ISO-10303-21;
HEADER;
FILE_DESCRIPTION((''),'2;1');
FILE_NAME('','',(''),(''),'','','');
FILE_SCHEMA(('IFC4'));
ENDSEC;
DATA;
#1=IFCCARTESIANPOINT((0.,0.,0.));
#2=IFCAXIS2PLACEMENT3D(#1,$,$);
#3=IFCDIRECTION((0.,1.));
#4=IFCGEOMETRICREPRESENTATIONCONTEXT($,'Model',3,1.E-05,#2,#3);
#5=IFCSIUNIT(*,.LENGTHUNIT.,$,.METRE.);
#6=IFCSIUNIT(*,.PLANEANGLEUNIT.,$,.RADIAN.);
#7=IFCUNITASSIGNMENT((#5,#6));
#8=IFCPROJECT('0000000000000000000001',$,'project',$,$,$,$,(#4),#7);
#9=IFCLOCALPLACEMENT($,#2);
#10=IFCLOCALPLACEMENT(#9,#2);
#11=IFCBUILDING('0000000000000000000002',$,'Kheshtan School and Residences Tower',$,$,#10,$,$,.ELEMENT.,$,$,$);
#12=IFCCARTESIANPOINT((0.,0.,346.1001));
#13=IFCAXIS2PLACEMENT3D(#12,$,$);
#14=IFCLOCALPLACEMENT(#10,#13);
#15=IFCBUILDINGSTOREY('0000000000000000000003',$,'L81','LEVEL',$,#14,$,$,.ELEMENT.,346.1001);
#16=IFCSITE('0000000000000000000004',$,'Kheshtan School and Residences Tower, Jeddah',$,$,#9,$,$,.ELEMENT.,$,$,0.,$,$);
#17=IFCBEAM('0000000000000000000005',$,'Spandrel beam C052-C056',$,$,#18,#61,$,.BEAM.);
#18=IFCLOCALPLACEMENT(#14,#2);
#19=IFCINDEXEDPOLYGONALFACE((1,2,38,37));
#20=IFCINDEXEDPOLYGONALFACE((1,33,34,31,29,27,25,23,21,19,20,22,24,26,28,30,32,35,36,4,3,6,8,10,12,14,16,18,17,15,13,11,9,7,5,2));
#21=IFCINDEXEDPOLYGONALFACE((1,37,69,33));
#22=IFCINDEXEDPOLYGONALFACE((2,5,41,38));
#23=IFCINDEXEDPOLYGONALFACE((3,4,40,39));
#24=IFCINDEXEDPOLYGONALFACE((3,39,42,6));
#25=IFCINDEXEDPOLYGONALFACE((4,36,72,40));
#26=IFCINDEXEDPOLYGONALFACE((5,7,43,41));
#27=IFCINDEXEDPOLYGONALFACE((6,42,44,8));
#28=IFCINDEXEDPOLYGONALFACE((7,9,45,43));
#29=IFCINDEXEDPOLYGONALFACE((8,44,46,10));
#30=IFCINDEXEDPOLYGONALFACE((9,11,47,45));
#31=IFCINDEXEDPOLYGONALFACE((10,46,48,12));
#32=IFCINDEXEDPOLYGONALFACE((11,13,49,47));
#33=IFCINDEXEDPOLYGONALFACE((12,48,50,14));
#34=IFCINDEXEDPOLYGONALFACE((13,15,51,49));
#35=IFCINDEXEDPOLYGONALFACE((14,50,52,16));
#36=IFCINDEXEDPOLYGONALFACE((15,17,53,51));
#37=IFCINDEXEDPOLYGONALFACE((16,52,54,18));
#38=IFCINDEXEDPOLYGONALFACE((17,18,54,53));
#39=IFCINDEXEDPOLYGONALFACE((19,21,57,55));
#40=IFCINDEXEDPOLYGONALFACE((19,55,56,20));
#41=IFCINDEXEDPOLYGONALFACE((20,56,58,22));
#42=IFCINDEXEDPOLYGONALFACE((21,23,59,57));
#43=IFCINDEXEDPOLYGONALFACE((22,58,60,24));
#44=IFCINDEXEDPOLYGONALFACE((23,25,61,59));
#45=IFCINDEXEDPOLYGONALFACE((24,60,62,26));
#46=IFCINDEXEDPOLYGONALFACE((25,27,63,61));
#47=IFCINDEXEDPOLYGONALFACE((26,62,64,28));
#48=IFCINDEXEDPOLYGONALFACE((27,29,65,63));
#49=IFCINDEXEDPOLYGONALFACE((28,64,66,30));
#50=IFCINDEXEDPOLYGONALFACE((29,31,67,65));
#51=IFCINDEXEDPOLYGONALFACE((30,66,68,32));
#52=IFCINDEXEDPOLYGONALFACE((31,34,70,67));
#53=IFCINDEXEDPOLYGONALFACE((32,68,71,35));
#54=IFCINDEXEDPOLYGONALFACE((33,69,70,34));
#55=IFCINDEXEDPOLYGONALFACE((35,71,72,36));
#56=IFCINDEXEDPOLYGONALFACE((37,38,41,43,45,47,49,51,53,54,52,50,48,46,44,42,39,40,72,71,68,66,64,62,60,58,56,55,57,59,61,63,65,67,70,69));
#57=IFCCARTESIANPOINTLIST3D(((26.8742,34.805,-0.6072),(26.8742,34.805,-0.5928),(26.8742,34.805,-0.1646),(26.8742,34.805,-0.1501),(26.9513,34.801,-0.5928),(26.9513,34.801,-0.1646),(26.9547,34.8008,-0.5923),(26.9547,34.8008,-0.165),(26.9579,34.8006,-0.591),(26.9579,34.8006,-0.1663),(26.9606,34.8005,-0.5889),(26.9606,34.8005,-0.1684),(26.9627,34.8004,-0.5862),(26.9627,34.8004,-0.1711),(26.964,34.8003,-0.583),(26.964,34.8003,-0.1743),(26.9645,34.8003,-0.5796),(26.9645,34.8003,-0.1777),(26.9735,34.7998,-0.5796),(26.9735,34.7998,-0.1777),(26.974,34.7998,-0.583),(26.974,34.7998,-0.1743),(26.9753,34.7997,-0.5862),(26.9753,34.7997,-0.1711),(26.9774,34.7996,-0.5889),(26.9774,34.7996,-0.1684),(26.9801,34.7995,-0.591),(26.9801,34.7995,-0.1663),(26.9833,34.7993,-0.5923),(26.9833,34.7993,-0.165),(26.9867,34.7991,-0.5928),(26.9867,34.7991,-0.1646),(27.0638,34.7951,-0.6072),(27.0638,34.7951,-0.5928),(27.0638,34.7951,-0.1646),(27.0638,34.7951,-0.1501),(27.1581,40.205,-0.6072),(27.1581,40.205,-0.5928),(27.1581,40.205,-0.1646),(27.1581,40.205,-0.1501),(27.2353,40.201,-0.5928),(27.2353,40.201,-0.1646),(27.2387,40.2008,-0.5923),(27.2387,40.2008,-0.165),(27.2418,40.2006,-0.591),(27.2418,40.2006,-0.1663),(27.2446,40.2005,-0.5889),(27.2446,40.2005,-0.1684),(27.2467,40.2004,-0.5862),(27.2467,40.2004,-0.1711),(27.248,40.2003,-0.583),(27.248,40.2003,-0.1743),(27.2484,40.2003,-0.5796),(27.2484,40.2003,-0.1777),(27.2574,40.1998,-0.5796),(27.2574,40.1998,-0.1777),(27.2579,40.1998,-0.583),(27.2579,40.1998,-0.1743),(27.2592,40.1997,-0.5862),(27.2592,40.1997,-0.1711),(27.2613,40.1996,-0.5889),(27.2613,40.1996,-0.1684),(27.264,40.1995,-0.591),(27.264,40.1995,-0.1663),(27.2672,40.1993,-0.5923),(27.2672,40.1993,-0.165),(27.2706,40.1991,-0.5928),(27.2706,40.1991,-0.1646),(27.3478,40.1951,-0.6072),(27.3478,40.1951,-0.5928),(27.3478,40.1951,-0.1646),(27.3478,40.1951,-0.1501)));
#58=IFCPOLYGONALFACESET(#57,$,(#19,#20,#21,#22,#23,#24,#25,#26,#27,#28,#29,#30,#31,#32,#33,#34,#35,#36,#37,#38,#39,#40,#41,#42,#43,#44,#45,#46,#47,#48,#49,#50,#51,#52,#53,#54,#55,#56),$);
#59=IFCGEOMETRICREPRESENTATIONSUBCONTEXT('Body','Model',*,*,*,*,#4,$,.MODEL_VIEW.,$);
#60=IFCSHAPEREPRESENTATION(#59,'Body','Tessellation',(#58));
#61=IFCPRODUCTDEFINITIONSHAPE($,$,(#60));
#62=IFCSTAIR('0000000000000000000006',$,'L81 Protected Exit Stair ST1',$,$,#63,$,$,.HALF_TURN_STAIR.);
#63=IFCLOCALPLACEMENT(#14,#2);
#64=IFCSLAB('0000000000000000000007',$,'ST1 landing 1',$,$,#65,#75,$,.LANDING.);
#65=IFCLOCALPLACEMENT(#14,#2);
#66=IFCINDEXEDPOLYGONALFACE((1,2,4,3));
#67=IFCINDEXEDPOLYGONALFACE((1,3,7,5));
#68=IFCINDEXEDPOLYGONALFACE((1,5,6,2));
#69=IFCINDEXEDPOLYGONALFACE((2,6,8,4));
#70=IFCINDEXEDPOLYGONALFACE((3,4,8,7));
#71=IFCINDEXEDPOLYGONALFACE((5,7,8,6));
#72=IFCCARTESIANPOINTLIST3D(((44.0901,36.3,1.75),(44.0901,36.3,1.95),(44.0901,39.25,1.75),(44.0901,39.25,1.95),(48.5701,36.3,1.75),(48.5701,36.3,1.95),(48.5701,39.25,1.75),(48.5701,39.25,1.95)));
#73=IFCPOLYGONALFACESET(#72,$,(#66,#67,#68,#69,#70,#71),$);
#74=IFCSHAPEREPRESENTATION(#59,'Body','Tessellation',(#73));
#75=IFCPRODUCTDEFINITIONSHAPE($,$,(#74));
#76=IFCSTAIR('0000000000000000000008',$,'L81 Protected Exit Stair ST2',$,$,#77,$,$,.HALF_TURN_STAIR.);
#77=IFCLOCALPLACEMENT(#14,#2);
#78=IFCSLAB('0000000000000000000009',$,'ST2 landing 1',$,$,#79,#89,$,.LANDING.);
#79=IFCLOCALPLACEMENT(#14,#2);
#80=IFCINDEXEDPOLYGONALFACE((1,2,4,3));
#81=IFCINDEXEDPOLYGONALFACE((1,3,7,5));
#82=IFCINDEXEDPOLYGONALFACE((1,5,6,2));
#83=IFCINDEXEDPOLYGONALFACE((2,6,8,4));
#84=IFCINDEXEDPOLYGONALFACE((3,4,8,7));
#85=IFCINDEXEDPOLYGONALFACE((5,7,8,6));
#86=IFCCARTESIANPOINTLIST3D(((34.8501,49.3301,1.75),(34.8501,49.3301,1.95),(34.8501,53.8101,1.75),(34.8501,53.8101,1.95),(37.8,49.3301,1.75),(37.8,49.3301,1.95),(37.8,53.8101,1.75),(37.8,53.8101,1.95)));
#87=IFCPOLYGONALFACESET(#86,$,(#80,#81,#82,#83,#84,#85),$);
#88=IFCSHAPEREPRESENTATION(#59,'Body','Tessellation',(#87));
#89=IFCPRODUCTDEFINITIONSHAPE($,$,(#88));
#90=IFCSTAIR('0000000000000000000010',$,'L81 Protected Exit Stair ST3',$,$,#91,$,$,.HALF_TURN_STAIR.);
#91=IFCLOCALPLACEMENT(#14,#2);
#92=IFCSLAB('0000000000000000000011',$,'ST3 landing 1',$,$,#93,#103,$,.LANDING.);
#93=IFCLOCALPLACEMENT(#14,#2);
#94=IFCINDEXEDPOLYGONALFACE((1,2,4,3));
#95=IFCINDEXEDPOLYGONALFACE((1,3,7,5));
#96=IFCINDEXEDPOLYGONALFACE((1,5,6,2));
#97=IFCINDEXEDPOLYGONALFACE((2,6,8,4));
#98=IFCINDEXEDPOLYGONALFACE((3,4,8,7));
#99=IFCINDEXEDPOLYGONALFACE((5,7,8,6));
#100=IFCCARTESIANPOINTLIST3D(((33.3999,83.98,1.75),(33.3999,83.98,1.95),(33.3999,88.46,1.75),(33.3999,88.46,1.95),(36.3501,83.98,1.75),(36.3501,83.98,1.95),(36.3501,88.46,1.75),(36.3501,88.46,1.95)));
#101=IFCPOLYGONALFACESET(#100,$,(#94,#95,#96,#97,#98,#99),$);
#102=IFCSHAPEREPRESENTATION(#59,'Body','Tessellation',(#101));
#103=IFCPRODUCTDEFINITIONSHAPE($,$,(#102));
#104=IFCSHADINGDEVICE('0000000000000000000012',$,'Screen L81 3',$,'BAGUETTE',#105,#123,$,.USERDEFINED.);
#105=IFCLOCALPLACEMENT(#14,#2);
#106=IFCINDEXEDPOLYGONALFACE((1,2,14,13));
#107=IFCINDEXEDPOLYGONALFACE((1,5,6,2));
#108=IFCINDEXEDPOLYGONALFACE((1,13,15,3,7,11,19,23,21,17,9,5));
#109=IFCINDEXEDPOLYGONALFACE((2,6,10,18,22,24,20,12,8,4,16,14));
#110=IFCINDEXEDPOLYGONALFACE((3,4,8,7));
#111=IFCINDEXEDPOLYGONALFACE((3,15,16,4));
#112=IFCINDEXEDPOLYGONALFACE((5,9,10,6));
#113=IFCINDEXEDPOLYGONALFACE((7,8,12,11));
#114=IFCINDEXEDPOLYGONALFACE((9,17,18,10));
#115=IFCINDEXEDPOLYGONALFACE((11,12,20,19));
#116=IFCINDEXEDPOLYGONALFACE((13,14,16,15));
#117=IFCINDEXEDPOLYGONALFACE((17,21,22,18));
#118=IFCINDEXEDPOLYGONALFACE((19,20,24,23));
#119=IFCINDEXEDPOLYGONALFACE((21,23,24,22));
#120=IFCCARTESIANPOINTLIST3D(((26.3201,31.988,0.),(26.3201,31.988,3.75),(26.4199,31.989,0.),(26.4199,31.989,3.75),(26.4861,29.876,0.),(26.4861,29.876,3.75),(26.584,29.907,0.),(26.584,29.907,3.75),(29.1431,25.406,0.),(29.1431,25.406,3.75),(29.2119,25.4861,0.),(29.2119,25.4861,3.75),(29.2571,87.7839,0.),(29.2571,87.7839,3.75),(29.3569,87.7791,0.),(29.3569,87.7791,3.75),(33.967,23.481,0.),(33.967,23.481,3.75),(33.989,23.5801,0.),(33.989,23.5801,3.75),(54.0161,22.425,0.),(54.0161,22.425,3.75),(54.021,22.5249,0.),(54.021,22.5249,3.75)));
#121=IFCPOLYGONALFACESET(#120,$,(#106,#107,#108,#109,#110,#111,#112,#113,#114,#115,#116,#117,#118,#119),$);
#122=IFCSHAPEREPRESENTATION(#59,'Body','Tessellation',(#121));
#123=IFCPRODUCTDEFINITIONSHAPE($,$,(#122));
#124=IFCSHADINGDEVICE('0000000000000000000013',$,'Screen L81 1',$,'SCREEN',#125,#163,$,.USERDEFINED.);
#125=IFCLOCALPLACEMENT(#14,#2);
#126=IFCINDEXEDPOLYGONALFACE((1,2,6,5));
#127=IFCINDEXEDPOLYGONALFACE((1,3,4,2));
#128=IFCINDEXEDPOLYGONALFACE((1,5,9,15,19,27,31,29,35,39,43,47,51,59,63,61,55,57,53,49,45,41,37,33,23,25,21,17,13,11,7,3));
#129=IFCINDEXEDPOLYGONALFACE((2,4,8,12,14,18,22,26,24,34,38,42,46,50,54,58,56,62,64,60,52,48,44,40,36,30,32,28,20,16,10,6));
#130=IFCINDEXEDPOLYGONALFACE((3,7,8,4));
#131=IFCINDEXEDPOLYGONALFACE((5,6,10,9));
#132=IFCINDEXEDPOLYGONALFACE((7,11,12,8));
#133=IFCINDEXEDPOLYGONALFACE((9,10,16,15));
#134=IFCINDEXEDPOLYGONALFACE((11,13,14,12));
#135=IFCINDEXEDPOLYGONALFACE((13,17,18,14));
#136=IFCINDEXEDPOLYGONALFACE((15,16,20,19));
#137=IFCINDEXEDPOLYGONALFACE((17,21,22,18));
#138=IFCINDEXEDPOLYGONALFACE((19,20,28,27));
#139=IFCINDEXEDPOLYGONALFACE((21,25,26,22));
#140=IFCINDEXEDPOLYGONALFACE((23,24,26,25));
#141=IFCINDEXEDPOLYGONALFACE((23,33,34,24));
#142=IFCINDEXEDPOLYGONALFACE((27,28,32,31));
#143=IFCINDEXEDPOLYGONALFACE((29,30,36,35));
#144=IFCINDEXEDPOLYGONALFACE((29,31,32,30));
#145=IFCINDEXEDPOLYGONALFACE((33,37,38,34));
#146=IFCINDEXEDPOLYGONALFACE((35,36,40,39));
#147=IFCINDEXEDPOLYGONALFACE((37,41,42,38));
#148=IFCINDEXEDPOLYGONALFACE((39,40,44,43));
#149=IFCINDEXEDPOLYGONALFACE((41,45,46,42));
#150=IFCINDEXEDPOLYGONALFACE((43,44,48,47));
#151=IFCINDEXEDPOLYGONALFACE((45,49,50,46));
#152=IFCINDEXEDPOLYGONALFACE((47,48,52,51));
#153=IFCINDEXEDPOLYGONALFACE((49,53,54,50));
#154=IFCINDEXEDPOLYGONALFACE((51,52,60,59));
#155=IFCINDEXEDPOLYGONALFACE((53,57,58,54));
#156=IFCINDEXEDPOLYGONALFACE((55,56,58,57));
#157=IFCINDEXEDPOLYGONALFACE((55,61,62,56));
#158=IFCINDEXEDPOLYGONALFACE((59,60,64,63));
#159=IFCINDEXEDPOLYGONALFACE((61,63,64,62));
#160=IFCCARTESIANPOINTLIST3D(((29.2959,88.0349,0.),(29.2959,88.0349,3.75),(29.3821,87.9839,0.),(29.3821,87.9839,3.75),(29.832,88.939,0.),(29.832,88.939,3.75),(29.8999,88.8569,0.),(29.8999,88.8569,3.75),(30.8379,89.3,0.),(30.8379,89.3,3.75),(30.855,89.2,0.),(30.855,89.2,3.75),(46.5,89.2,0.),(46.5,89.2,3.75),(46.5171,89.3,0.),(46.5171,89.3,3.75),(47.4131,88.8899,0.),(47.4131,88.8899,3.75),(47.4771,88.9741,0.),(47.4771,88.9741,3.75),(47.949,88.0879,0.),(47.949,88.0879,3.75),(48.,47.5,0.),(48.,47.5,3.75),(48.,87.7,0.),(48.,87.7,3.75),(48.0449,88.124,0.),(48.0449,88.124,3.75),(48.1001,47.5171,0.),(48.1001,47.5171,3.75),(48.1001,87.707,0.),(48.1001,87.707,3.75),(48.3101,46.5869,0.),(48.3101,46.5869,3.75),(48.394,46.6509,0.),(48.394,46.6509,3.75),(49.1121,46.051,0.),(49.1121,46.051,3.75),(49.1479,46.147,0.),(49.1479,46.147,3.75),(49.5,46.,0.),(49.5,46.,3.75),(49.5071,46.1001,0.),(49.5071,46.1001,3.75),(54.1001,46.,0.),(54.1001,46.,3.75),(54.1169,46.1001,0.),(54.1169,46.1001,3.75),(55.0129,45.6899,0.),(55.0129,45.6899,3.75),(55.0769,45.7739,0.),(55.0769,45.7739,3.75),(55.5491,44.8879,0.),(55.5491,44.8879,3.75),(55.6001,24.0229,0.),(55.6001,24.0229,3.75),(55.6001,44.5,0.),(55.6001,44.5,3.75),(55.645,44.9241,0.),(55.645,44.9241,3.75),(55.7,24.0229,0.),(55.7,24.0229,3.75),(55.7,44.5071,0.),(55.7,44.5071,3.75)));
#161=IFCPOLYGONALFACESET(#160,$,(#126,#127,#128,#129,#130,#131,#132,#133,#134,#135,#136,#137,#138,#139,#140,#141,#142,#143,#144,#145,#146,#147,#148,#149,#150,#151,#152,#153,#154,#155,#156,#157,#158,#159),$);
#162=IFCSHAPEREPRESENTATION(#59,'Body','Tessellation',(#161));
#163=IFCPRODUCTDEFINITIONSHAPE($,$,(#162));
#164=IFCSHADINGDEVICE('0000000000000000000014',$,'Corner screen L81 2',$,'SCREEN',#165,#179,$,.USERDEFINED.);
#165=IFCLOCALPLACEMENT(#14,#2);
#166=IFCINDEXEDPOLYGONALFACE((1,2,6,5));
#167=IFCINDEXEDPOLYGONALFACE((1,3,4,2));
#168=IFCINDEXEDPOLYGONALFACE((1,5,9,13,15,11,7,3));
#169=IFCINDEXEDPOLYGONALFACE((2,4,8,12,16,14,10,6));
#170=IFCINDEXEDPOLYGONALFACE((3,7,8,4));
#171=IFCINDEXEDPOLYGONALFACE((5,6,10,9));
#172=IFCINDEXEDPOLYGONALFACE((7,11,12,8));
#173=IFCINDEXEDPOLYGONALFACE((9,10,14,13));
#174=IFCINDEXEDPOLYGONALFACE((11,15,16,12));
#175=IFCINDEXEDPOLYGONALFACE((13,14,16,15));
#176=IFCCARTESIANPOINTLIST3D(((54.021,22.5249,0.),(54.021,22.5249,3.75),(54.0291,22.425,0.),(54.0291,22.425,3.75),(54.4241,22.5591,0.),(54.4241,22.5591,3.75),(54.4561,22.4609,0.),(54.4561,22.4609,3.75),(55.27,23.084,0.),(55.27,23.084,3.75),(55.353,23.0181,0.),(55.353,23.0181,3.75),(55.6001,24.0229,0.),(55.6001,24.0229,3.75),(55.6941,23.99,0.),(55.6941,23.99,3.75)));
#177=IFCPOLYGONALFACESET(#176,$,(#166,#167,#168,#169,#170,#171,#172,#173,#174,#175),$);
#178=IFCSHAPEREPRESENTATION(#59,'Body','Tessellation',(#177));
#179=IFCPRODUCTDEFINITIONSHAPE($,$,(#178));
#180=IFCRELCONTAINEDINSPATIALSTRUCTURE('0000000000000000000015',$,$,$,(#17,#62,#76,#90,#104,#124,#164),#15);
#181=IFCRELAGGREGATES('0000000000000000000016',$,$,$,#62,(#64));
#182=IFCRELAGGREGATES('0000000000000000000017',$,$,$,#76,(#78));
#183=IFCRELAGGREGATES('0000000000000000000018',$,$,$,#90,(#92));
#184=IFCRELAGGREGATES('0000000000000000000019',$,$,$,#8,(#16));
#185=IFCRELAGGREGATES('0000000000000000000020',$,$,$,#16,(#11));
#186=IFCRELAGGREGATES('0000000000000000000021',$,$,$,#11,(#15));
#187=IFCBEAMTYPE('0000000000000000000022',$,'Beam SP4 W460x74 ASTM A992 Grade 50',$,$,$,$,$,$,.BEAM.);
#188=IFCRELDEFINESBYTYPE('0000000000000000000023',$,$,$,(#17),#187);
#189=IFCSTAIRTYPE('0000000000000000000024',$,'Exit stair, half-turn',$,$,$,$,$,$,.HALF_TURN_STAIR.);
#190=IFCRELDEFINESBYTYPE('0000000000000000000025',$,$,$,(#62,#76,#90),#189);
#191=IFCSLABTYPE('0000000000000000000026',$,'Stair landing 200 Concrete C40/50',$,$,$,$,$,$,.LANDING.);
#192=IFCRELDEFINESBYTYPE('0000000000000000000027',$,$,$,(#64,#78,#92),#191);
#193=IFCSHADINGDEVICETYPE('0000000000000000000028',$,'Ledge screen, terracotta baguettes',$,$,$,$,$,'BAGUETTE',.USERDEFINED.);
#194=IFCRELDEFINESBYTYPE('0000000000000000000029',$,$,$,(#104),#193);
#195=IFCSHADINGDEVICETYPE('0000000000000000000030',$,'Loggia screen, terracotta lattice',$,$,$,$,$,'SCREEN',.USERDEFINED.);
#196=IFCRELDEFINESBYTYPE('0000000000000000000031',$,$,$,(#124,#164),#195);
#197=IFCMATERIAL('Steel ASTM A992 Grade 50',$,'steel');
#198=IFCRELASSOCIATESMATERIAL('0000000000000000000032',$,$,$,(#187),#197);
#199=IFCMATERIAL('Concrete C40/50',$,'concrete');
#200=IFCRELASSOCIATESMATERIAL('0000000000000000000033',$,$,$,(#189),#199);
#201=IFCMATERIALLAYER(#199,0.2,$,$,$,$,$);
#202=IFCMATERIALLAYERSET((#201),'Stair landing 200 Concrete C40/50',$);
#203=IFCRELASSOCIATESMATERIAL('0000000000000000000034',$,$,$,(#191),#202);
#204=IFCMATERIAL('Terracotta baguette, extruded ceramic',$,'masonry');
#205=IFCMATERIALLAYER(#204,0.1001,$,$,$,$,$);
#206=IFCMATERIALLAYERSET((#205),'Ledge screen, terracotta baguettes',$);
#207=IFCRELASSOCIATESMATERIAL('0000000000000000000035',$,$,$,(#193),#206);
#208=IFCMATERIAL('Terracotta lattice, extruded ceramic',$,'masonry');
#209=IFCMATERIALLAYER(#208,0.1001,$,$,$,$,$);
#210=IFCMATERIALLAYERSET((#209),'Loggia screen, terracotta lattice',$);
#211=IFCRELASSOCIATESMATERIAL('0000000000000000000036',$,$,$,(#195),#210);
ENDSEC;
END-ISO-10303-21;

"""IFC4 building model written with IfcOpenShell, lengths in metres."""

from ifc_helpers import new_model, si_unit, direction, frame, origin, origin_2d, place, context, subcontext, project, spatial, polyline, i_section, outline, extrude, material, layer, layer_set, material_profile, profile_set, type_object, element, aggregate, save


model = new_model("IFC4")

# Units and contexts
model_context = context("Model", 3, precision=1e-05, world=origin(), true_north=direction((0.0, 1.0)))
body_context = subcontext(model_context, "Body", "Model", "MODEL_VIEW")
ifc_project = project(units=[si_unit("LENGTHUNIT", "METRE"), si_unit("PLANEANGLEUNIT", "RADIAN")], contexts=[model_context])

# Site, building, storey
site_placement = place(None, origin())
site = spatial("IfcSite", under=ifc_project, at=site_placement, Name="Kheshtan School and Residences Tower, Jeddah", CompositionType="ELEMENT", RefElevation=0.0)
building_placement = place(site_placement, origin())
building = spatial("IfcBuilding", under=site, at=building_placement, Name="Kheshtan School and Residences Tower", CompositionType="ELEMENT")
storey_placement = place(building_placement, frame((0.0, 0.0, 346.1001)))
storey = spatial("IfcBuildingStorey", under=building, at=storey_placement, Name="L81", Description="LEVEL", CompositionType="ELEMENT", Elevation=346.1001)

# Shared definitions
ifc_material_1 = material(Name="Steel ASTM A992 Grade 50", Category="steel")

# Beam
ifc_material_profile_1 = material_profile(ifc_material_1, i_section(OverallWidth=0.1899, OverallDepth=0.457, WebThickness=0.009, FlangeThickness=0.0144, FilletRadius=0.0132, at=origin_2d()), Name="W460x74")
ifc_profile_set_1 = profile_set([ifc_material_profile_1], Name="Steel ASTM A992 Grade 50")
beam_type_1 = type_object("IfcBeamType", Name="Beam SP4 W460x74 ASTM A992 Grade 50", PredefinedType="BEAM", material=ifc_profile_set_1)
beam_1_placement = place(storey_placement, frame((26.969, 34.8, -0.3787), z_axis=(0.052509, 0.99862, 0.0), x_axis=(-0.99862, 0.052509, 0.0)))
element("IfcBeam", 1, at=beam_1_placement, inside=storey, type_object=beam_type_1, Name="Spandrel beam C052-C056", PredefinedType="BEAM", context=body_context, shape_type="SweptSolid", body=[
    extrude(i_section(OverallWidth=0.1899, OverallDepth=0.457, WebThickness=0.009, FlangeThickness=0.0144, FilletRadius=0.0132, at=origin_2d()), origin(), (0.0, 0.0, 1.0), 5.4075),
])

# Shared definitions
ifc_material_2 = material(Name="Concrete C40/50", Category="concrete")

# Stairs, slabs
stair_type = type_object("IfcStairType", Name="Exit stair, half-turn", PredefinedType="HALF_TURN_STAIR", material=ifc_material_2)
stair_1_placement = place(storey_placement, origin())
stair_1 = element("IfcStair", 2, at=stair_1_placement, inside=storey, type_object=stair_type, Name="L81 Protected Exit Stair ST1", PredefinedType="HALF_TURN_STAIR")
ifc_layer_1 = layer(ifc_material_2, 0.2)
ifc_layer_set_1 = layer_set([ifc_layer_1], Name="Stair landing 200 Concrete C40/50")
slab_type_1 = type_object("IfcSlabType", Name="Stair landing 200 Concrete C40/50", PredefinedType="LANDING", material=ifc_layer_set_1)
slab_1_placement = place(storey_placement, frame((0.0, 0.0, 1.75)))
slab_1 = element("IfcSlab", 3, at=slab_1_placement, type_object=slab_type_1, Name="ST1 landing 1", PredefinedType="LANDING", context=body_context, shape_type="SweptSolid", body=[
    extrude(outline(polyline([(48.5701, 39.25), (44.0901, 39.25), (44.0901, 36.3), (48.5701, 36.3), (48.5701, 39.25)])), origin(), (0.0, 0.0, 1.0), 0.2),
])
aggregate(stair_1, [slab_1])
stair_2_placement = place(storey_placement, origin())
stair_2 = element("IfcStair", 4, at=stair_2_placement, inside=storey, type_object=stair_type, Name="L81 Protected Exit Stair ST2", PredefinedType="HALF_TURN_STAIR")
slab_2_placement = place(storey_placement, frame((0.0, 0.0, 1.75)))
slab_2 = element("IfcSlab", 5, at=slab_2_placement, type_object=slab_type_1, Name="ST2 landing 1", PredefinedType="LANDING", context=body_context, shape_type="SweptSolid", body=[
    extrude(outline(polyline([(37.8, 49.3301), (37.8, 53.8101), (34.8501, 53.8101), (34.8501, 49.3301), (37.8, 49.3301)])), origin(), (0.0, 0.0, 1.0), 0.2),
])
aggregate(stair_2, [slab_2])
stair_3_placement = place(storey_placement, origin())
stair_3 = element("IfcStair", 6, at=stair_3_placement, inside=storey, type_object=stair_type, Name="L81 Protected Exit Stair ST3", PredefinedType="HALF_TURN_STAIR")
slab_3_placement = place(storey_placement, frame((0.0, 0.0, 1.75)))
slab_3 = element("IfcSlab", 7, at=slab_3_placement, type_object=slab_type_1, Name="ST3 landing 1", PredefinedType="LANDING", context=body_context, shape_type="SweptSolid", body=[
    extrude(outline(polyline([(36.3501, 83.98), (36.3501, 88.46), (33.3999, 88.46), (33.3999, 83.98), (36.3501, 83.98)])), origin(), (0.0, 0.0, 1.0), 0.2),
])
aggregate(stair_3, [slab_3])

# Shading devices
ifc_material_3 = material(Name="Terracotta baguette, extruded ceramic", Category="masonry")
ifc_layer_2 = layer(ifc_material_3, 0.1001)
ifc_layer_set_2 = layer_set([ifc_layer_2], Name="Ledge screen, terracotta baguettes")
shading_device_type_1 = type_object("IfcShadingDeviceType", Name="Ledge screen, terracotta baguettes", ElementType="BAGUETTE", PredefinedType="USERDEFINED", material=ifc_layer_set_2)
shading_device_1_placement = place(storey_placement, origin())
element("IfcShadingDevice", 8, at=shading_device_1_placement, inside=storey, type_object=shading_device_type_1, Name="Screen L81 3", ObjectType="BAGUETTE", PredefinedType="USERDEFINED", context=body_context, shape_type="SweptSolid", body=[
    extrude(outline(polyline([(54.021, 22.5249), (33.989, 23.5801), (29.2119, 25.4861), (26.584, 29.907), (26.4199, 31.989), (29.3569, 87.7791), (29.2571, 87.7839), (26.3201, 31.988), (26.4861, 29.876), (29.1431, 25.406), (33.967, 23.481), (54.0161, 22.425), (54.021, 22.5249)])), origin(), (0.0, 0.0, 1.0), 3.75),
])
ifc_material_4 = material(Name="Terracotta lattice, extruded ceramic", Category="masonry")
ifc_layer_3 = layer(ifc_material_4, 0.1001)
ifc_layer_set_3 = layer_set([ifc_layer_3], Name="Loggia screen, terracotta lattice")
shading_device_type_2 = type_object("IfcShadingDeviceType", Name="Loggia screen, terracotta lattice", ElementType="SCREEN", PredefinedType="USERDEFINED", material=ifc_layer_set_3)
shading_device_2_placement = place(storey_placement, origin())
element("IfcShadingDevice", 9, at=shading_device_2_placement, inside=storey, type_object=shading_device_type_2, Name="Screen L81 1", ObjectType="SCREEN", PredefinedType="USERDEFINED", context=body_context, shape_type="SweptSolid", body=[
    extrude(outline(polyline([(29.3821, 87.9839), (29.8999, 88.8569), (30.855, 89.2), (46.5, 89.2), (47.4131, 88.8899), (47.949, 88.0879), (48.0, 87.7), (48.0, 47.5), (48.3101, 46.5869), (49.1121, 46.051), (49.5, 46.0), (54.1001, 46.0), (55.0129, 45.6899), (55.5491, 44.8879), (55.6001, 44.5), (55.6001, 24.0229), (55.7, 24.0229), (55.7, 44.5071), (55.645, 44.9241), (55.0769, 45.7739), (54.1169, 46.1001), (49.5071, 46.1001), (49.1479, 46.147), (48.394, 46.6509), (48.1001, 47.5171), (48.1001, 87.707), (48.0449, 88.124), (47.4771, 88.9741), (46.5171, 89.3), (30.8379, 89.3), (29.832, 88.939), (29.2959, 88.0349), (29.3821, 87.9839)])), origin(), (0.0, 0.0, 1.0), 3.75),
])
shading_device_3_placement = place(storey_placement, origin())
element("IfcShadingDevice", 10, at=shading_device_3_placement, inside=storey, type_object=shading_device_type_2, Name="Corner screen L81 2", ObjectType="SCREEN", PredefinedType="USERDEFINED", context=body_context, shape_type="SweptSolid", body=[
    extrude(outline(polyline([(55.6001, 24.0229), (55.27, 23.084), (54.4241, 22.5591), (54.021, 22.5249), (54.0291, 22.425), (54.4561, 22.4609), (55.353, 23.0181), (55.6941, 23.99), (55.6001, 24.0229)])), origin(), (0.0, 0.0, 1.0), 3.75),
])

save(model, "model.ifc")
